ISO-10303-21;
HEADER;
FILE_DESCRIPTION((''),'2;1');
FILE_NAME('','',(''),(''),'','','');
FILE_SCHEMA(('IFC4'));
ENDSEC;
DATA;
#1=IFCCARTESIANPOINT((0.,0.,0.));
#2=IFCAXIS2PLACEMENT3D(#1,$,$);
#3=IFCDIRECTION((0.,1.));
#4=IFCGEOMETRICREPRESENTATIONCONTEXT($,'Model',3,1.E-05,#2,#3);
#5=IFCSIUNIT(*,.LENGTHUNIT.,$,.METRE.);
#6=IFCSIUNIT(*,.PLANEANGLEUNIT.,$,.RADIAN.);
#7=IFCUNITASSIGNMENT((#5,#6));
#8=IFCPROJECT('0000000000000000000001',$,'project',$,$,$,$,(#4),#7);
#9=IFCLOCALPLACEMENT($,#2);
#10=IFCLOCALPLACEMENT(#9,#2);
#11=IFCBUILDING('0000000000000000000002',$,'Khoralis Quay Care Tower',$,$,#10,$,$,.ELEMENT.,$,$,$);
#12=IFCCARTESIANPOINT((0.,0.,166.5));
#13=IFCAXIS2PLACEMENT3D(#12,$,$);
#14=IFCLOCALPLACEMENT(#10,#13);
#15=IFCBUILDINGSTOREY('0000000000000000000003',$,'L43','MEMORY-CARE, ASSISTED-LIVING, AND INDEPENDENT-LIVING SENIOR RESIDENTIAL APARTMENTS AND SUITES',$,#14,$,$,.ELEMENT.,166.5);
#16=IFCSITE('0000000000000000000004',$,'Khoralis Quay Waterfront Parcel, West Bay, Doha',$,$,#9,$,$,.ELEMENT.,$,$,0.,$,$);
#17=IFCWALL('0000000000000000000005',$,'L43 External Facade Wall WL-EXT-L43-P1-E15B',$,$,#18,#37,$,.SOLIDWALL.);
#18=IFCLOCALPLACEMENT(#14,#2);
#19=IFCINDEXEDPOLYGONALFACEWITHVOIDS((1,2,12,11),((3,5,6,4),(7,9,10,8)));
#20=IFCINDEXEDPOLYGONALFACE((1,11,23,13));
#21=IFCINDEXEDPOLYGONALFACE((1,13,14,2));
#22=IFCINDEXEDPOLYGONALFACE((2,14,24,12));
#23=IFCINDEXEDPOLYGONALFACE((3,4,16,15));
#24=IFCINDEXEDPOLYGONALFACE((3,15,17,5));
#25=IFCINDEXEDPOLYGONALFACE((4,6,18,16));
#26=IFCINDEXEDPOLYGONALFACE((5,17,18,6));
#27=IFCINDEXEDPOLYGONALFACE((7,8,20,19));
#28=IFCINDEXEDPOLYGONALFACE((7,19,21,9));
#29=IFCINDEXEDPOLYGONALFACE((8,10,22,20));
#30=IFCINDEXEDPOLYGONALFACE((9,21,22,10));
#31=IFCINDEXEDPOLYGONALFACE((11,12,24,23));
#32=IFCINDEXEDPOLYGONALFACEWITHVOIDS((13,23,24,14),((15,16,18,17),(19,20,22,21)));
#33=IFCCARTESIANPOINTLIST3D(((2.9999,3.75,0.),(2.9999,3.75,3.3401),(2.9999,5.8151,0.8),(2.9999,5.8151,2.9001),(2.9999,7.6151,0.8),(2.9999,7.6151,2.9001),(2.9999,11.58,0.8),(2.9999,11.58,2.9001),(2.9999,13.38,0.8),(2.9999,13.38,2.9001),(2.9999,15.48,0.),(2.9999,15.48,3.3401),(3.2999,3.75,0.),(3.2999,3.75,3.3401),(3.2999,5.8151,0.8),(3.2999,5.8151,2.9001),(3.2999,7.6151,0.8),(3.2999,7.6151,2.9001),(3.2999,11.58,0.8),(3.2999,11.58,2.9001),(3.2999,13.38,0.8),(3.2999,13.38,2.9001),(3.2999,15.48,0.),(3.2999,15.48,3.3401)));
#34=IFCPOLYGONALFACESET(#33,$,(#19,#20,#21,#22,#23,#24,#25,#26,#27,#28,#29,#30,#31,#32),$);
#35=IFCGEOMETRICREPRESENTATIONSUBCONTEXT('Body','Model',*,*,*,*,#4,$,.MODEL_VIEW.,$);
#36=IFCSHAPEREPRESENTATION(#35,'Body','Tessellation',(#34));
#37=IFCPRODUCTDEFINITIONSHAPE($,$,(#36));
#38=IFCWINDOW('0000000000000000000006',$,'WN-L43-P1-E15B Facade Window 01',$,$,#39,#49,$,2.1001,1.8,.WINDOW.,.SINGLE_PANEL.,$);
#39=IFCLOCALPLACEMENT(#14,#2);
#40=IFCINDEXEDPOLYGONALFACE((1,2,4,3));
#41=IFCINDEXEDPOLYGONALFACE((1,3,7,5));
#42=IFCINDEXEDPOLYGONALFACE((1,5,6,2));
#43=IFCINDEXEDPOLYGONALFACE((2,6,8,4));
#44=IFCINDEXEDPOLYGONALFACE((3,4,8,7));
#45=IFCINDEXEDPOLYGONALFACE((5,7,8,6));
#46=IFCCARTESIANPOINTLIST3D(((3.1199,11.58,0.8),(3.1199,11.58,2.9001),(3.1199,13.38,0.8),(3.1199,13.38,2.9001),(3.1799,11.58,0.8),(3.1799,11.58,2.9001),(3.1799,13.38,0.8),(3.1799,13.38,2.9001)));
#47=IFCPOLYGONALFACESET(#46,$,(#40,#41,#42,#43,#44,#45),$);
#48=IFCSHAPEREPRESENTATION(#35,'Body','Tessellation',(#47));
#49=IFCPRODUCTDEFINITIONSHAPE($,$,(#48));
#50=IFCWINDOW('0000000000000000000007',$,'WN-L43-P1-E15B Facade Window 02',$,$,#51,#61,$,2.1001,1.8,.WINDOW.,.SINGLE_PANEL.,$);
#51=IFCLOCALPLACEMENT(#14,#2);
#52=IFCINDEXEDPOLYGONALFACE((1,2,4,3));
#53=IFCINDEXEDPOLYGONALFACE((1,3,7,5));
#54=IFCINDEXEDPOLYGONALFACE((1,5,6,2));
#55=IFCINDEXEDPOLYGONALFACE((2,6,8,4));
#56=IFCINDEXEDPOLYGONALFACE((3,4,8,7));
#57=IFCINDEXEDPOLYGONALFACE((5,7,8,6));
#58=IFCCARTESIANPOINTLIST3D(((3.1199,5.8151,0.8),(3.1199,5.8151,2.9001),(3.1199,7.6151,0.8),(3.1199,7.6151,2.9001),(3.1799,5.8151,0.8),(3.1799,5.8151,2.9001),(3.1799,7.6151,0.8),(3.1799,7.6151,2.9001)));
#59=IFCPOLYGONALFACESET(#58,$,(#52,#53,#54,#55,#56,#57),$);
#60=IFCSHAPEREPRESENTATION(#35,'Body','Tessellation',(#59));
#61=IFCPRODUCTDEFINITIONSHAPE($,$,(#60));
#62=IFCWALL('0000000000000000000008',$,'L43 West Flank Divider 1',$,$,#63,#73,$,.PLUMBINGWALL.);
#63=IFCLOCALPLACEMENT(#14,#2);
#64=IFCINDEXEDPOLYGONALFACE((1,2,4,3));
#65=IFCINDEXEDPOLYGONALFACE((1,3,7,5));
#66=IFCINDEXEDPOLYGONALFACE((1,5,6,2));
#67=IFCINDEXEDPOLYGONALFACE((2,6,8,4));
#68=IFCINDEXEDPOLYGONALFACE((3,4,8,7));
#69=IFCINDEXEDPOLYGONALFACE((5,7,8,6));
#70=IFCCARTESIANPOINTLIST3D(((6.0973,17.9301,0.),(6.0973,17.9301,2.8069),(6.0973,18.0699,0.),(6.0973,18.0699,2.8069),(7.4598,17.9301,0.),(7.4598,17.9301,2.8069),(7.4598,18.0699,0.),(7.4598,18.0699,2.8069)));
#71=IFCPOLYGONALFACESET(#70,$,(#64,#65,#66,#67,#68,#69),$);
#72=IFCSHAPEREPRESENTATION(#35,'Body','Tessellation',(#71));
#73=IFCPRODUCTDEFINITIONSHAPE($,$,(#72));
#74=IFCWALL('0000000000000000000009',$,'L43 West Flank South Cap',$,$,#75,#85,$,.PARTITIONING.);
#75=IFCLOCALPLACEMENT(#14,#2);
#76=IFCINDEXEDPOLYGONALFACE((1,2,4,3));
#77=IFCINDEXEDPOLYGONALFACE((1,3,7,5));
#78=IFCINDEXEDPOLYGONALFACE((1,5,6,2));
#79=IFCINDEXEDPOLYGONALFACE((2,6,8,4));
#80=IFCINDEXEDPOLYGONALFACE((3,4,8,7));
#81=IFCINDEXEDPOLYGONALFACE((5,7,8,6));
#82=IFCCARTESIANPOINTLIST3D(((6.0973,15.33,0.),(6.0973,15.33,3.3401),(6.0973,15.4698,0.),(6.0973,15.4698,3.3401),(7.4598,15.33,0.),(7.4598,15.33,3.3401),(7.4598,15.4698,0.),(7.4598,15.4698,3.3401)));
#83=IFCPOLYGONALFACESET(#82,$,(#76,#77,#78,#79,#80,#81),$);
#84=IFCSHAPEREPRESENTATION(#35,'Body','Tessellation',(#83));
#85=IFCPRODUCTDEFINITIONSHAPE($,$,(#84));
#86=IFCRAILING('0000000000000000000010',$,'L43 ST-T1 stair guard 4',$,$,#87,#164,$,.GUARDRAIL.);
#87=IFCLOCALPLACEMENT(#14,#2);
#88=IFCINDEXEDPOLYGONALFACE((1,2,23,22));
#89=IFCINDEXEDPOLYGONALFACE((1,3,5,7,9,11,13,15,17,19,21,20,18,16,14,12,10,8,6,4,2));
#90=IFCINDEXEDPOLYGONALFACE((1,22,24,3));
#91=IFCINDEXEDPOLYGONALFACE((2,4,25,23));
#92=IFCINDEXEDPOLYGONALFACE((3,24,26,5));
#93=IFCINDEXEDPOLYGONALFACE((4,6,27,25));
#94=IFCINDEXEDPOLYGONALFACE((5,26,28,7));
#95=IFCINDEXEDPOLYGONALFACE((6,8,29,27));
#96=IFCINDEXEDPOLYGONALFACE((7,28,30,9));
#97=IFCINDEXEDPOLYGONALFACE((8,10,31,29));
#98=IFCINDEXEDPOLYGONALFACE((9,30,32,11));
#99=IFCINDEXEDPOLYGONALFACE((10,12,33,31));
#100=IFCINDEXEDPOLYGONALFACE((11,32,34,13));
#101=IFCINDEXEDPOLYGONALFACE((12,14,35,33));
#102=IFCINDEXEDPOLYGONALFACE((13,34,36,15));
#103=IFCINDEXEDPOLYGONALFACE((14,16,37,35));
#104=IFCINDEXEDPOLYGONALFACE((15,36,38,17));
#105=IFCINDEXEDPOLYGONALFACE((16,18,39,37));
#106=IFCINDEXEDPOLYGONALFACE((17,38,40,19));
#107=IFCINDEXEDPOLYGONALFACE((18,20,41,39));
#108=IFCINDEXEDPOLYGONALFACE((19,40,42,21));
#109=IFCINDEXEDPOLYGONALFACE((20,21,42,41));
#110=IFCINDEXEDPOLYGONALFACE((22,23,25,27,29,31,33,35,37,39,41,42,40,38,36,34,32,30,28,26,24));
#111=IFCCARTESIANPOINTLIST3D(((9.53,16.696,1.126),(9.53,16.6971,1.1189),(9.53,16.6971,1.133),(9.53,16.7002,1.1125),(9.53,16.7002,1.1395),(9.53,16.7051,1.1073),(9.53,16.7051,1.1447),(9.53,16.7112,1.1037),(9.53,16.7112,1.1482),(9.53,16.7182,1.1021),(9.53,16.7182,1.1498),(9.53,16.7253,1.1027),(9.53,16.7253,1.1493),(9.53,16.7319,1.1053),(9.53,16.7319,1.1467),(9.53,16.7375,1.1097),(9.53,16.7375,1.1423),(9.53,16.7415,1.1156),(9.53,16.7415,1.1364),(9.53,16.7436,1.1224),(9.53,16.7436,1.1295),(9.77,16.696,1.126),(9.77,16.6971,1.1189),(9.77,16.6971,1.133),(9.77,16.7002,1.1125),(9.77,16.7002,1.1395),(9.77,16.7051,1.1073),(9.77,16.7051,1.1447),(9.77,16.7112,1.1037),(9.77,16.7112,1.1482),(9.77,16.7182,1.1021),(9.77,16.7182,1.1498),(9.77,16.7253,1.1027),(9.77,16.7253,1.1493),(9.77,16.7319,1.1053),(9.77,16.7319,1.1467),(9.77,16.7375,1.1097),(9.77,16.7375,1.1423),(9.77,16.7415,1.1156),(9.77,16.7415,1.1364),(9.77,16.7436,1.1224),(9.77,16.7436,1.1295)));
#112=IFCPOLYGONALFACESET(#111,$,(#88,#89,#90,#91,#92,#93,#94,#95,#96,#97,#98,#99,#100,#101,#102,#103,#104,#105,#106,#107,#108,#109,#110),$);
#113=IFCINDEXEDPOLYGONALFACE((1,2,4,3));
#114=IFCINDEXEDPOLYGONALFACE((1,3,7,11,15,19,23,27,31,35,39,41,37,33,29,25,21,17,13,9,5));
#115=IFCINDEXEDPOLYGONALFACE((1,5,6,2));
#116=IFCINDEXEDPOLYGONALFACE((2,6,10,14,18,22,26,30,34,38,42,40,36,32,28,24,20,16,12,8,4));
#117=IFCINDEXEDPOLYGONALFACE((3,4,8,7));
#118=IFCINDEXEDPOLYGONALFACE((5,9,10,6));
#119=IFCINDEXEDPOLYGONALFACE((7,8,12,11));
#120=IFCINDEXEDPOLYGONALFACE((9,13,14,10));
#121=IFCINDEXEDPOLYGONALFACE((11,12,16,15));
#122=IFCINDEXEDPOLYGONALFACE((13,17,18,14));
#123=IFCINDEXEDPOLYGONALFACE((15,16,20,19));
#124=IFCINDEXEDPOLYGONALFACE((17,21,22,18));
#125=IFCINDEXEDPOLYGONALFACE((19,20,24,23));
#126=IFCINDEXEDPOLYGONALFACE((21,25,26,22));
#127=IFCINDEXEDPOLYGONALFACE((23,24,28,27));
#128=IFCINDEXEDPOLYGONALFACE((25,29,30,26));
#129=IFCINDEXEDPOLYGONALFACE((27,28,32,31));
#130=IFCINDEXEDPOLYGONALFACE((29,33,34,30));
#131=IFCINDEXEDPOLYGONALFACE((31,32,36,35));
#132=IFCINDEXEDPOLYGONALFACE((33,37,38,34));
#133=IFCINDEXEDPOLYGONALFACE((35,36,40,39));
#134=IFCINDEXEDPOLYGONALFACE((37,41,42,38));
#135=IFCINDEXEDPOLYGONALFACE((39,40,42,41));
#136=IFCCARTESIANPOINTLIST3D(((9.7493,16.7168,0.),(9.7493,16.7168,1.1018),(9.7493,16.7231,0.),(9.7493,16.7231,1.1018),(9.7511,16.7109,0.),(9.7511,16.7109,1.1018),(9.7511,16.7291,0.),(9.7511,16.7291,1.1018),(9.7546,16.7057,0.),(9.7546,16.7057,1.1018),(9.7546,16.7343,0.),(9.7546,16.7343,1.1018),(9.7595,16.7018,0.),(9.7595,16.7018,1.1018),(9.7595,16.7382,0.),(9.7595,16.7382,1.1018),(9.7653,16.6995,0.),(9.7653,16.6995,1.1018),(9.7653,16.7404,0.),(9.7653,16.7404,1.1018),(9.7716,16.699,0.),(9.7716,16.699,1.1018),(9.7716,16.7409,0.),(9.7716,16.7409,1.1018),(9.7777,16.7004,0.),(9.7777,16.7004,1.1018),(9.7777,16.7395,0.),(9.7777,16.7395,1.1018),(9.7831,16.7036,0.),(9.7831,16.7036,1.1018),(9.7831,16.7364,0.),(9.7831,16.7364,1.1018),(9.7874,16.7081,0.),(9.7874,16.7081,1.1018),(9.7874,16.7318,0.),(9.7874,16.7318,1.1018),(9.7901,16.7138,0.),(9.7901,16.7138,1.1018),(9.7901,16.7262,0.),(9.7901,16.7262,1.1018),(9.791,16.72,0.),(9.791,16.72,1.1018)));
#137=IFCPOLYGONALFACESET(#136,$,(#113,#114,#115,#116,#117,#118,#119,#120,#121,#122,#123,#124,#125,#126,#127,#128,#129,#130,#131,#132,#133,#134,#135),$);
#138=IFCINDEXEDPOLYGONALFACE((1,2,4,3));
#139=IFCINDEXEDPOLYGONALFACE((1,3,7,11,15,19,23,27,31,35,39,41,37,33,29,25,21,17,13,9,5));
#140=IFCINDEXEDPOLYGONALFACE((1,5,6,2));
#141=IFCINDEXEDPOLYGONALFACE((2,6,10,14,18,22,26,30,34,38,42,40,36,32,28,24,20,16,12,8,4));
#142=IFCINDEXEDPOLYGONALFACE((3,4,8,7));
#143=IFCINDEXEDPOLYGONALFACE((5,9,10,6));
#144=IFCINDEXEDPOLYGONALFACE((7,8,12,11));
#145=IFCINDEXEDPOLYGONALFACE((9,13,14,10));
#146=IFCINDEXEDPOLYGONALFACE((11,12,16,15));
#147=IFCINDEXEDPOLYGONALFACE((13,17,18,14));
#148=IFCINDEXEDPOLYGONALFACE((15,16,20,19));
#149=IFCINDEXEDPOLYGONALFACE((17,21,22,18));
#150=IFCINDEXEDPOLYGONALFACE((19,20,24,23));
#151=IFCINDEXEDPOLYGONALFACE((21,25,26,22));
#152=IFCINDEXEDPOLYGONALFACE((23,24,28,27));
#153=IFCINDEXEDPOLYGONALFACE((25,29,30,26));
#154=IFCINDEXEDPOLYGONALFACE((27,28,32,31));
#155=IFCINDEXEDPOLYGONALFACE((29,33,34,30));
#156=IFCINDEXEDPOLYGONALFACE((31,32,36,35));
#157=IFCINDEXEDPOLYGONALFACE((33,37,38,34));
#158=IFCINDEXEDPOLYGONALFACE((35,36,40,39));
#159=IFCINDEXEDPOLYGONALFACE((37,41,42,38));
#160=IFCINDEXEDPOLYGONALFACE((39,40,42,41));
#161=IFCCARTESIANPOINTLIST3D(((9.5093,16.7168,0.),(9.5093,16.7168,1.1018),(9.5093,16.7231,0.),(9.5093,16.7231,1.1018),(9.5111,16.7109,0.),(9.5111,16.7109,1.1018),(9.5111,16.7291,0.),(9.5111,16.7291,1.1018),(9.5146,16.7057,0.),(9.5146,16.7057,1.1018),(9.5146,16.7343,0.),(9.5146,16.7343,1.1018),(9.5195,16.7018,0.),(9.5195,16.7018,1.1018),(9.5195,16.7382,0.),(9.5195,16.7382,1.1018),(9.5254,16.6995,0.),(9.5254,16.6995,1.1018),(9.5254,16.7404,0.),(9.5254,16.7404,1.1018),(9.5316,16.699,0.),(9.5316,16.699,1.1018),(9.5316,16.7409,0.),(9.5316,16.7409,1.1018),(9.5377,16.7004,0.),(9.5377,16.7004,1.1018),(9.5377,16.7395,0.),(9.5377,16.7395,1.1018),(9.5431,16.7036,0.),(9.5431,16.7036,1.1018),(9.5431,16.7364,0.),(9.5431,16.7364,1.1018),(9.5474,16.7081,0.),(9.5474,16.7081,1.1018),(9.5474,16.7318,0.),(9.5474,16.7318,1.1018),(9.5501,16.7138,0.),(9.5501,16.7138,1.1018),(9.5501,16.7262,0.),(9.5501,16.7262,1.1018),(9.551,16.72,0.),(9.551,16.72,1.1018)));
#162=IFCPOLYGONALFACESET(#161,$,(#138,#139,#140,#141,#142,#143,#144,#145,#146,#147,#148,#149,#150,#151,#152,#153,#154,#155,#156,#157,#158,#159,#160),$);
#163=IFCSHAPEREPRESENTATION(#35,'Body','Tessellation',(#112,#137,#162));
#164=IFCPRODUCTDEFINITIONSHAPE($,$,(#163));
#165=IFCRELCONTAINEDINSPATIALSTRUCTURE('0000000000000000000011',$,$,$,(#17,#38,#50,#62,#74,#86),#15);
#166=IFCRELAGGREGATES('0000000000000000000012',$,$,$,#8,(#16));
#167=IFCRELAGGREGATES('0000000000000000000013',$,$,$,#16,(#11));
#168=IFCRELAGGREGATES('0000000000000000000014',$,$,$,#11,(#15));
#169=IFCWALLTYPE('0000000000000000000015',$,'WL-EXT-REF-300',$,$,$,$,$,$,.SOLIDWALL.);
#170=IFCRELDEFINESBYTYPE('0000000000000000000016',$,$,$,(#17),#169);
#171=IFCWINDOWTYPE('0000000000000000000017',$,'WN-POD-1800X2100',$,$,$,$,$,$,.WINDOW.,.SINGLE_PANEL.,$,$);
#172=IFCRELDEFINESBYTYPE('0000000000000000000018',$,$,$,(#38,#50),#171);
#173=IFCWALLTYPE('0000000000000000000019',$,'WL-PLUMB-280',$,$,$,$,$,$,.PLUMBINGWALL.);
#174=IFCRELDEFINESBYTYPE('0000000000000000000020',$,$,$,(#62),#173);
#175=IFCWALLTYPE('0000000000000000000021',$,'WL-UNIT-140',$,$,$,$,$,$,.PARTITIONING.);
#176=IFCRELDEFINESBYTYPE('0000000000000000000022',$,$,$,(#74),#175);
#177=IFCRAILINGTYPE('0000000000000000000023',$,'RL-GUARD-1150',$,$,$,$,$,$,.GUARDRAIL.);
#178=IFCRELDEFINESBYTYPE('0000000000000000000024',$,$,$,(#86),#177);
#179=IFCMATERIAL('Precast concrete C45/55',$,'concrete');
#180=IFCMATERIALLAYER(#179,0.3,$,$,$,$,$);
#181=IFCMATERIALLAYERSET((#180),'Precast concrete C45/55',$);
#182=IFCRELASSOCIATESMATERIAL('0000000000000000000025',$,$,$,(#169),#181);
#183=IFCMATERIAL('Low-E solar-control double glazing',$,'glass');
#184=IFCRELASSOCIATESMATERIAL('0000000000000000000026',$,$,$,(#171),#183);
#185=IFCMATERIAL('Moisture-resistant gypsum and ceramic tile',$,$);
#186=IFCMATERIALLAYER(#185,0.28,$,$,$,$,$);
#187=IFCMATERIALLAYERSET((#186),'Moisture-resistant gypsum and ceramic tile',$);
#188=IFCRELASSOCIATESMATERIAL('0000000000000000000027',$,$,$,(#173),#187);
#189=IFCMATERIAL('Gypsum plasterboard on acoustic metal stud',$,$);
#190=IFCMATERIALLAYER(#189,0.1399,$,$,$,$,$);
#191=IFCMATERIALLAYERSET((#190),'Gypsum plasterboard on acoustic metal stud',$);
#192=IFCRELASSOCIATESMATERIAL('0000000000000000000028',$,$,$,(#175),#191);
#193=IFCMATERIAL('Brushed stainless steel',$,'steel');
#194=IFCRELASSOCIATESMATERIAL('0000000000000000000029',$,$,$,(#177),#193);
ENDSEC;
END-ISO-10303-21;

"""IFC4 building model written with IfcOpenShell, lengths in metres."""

from ifc_helpers import new_model, si_unit, direction, frame, frame_2d, origin, origin_2d, place, context, subcontext, project, spatial, rectangle, circle, extrude, source, transform, mapped, material, layer, layer_set, type_object, element, fill, save


model = new_model("IFC4")

# Units and contexts
model_context = context("Model", 3, precision=1e-05, world=origin(), true_north=direction((0.0, 1.0)))
body_context = subcontext(model_context, "Body", "Model", "MODEL_VIEW")
ifc_project = project(units=[si_unit("LENGTHUNIT", "METRE"), si_unit("PLANEANGLEUNIT", "RADIAN")], contexts=[model_context])

# Site, building, storey
site_placement = place(None, origin())
site = spatial("IfcSite", under=ifc_project, at=site_placement, Name="Khoralis Quay Waterfront Parcel, West Bay, Doha", CompositionType="ELEMENT", RefElevation=0.0)
building_placement = place(site_placement, origin())
building = spatial("IfcBuilding", under=site, at=building_placement, Name="Khoralis Quay Care Tower", CompositionType="ELEMENT")
storey_placement = place(building_placement, frame((0.0, 0.0, 166.5)))
storey = spatial("IfcBuildingStorey", under=building, at=storey_placement, Name="L43", Description="MEMORY-CARE, ASSISTED-LIVING, AND INDEPENDENT-LIVING SENIOR RESIDENTIAL APARTMENTS AND SUITES", CompositionType="ELEMENT", Elevation=166.5)

# Shared definitions
ifc_material_1 = material(Name="Low-E solar-control double glazing", Category="glass")

# Shared definitions
ifc_material_2 = material(Name="Brushed stainless steel", Category="steel")
ifc_material_3 = material(Name="Gypsum plasterboard on acoustic metal stud")

# Wall, openings, windows
ifc_material_4 = material(Name="Precast concrete C45/55", Category="concrete")
ifc_layer_1 = layer(ifc_material_4, 0.3)
ifc_layer_set_1 = layer_set([ifc_layer_1], Name="Precast concrete C45/55")
wall_type_1 = type_object("IfcWallType", Name="WL-EXT-REF-300", PredefinedType="SOLIDWALL", material=ifc_layer_set_1)
wall_1_placement = place(storey_placement, frame((3.1499, 15.48, 0.0), z_axis=(0.0, 0.0, 1.0), x_axis=(0.0, -1.0, 0.0)))
wall_1 = element("IfcWall", 1, at=wall_1_placement, inside=storey, type_object=wall_type_1, Name="L43 External Facade Wall WL-EXT-L43-P1-E15B", PredefinedType="SOLIDWALL", context=body_context, shape_type="SweptSolid", body=[
    extrude(rectangle(XDim=11.73, YDim=0.3, at=frame_2d((5.865, 0.0))), origin(), (0.0, 0.0, 1.0), 3.3401),
])
opening_1_placement = place(wall_1_placement, frame((2.1001, 0.0, 0.8)))
opening_1 = element("IfcOpeningElement", 2, at=opening_1_placement, cuts=wall_1, PredefinedType="OPENING", context=body_context, shape_type="SweptSolid", body=[
    extrude(rectangle(XDim=1.8, YDim=2.1001, at=frame_2d((0.8999, 1.05))), frame((0.0, 0.1602, 0.0), z_axis=(0.0, -1.0, 0.0), x_axis=(1.0, 0.0, 0.0)), (0.0, 0.0, 1.0), 0.3201),
])
opening_2_placement = place(wall_1_placement, frame((7.865, 0.0, 0.8)))
opening_2 = element("IfcOpeningElement", 3, at=opening_2_placement, cuts=wall_1, PredefinedType="OPENING", context=body_context, shape_type="SweptSolid", body=[
    extrude(rectangle(XDim=1.8, YDim=2.1001, at=frame_2d((0.8999, 1.05))), frame((0.0, 0.1602, 0.0), z_axis=(0.0, -1.0, 0.0), x_axis=(1.0, 0.0, 0.0)), (0.0, 0.0, 1.0), 0.3201),
])
window_type = type_object("IfcWindowType", Name="WN-POD-1800X2100", PartitioningType="SINGLE_PANEL", PredefinedType="WINDOW", material=ifc_material_1)
shared_shape_1 = source(origin(), body_context, "Body", "SweptSolid", [
    extrude(rectangle(XDim=1.8, YDim=2.1001, at=frame_2d((0.8999, 1.05))), frame((0.0, 0.03, 0.0), z_axis=(0.0, -1.0, 0.0), x_axis=(1.0, 0.0, 0.0)), (0.0, 0.0, 1.0), 0.0601),
])
window_1_placement = place(opening_1_placement, origin())
window_1 = element("IfcWindow", 4, at=window_1_placement, inside=storey, type_object=window_type, Name="WN-L43-P1-E15B Facade Window 01", OverallHeight=2.1001, OverallWidth=1.8, PartitioningType="SINGLE_PANEL", PredefinedType="WINDOW", context=body_context, shape_type="MappedRepresentation", body=[
    mapped(shared_shape_1, transform((0.0, 0.0, 0.0), scale=1.0)),
])
fill(opening_1, window_1)
window_2_placement = place(opening_2_placement, origin())
window_2 = element("IfcWindow", 5, at=window_2_placement, inside=storey, type_object=window_type, Name="WN-L43-P1-E15B Facade Window 02", OverallHeight=2.1001, OverallWidth=1.8, PartitioningType="SINGLE_PANEL", PredefinedType="WINDOW", context=body_context, shape_type="MappedRepresentation", body=[
    mapped(shared_shape_1, transform((0.0, 0.0, 0.0), scale=1.0)),
])
fill(opening_2, window_2)

# Walls
ifc_material_5 = material(Name="Moisture-resistant gypsum and ceramic tile")
ifc_layer_2 = layer(ifc_material_5, 0.28)
ifc_layer_set_2 = layer_set([ifc_layer_2], Name="Moisture-resistant gypsum and ceramic tile")
wall_type_2 = type_object("IfcWallType", Name="WL-PLUMB-280", PredefinedType="PLUMBINGWALL", material=ifc_layer_set_2)
wall_2_placement = place(storey_placement, frame((6.0974, 18.0, 0.0), z_axis=(0.0, 0.0, 1.0), x_axis=(1.0, 0.0, 0.0)))
element("IfcWall", 6, at=wall_2_placement, inside=storey, type_object=wall_type_2, Name="L43 West Flank Divider 1", PredefinedType="PLUMBINGWALL", context=body_context, shape_type="SweptSolid", body=[
    extrude(rectangle(XDim=1.3625, YDim=0.1399, at=frame_2d((0.6812, 0.0))), origin(), (0.0, 0.0, 1.0), 2.8069),
])
ifc_layer_3 = layer(ifc_material_3, 0.1399)
ifc_layer_set_3 = layer_set([ifc_layer_3], Name="Gypsum plasterboard on acoustic metal stud")
wall_type_3 = type_object("IfcWallType", Name="WL-UNIT-140", PredefinedType="PARTITIONING", material=ifc_layer_set_3)
wall_3_placement = place(storey_placement, frame((6.0974, 15.3999, 0.0), z_axis=(0.0, 0.0, 1.0), x_axis=(1.0, 0.0, 0.0)))
element("IfcWall", 7, at=wall_3_placement, inside=storey, type_object=wall_type_3, Name="L43 West Flank South Cap", PredefinedType="PARTITIONING", context=body_context, shape_type="SweptSolid", body=[
    extrude(rectangle(XDim=1.3625, YDim=0.1399, at=frame_2d((0.6812, 0.0))), origin(), (0.0, 0.0, 1.0), 3.3401),
])

# Railing
railing_type = type_object("IfcRailingType", Name="RL-GUARD-1150", PredefinedType="GUARDRAIL", material=ifc_material_2)
railing_placement = place(storey_placement, frame((9.77, 16.72, 0.0)))
element("IfcRailing", 8, at=railing_placement, inside=storey, type_object=railing_type, Name="L43 ST-T1 stair guard 4", PredefinedType="GUARDRAIL", context=body_context, shape_type="SweptSolid", body=[
    extrude(circle(Radius=0.0239, at=origin_2d()), frame((0.0, 0.0, 1.126), z_axis=(-1.0, 0.0, 0.0), x_axis=(0.0, -1.0, 0.0)), (0.0, 0.0, 1.0), 0.24),
    extrude(circle(Radius=0.021, at=origin_2d()), origin(), (0.0, 0.0, 1.0), 1.1018),
    extrude(circle(Radius=0.021, at=origin_2d()), frame((-0.24, 0.0, 0.0)), (0.0, 0.0, 1.0), 1.1018),
])

save(model, "model.ifc")
